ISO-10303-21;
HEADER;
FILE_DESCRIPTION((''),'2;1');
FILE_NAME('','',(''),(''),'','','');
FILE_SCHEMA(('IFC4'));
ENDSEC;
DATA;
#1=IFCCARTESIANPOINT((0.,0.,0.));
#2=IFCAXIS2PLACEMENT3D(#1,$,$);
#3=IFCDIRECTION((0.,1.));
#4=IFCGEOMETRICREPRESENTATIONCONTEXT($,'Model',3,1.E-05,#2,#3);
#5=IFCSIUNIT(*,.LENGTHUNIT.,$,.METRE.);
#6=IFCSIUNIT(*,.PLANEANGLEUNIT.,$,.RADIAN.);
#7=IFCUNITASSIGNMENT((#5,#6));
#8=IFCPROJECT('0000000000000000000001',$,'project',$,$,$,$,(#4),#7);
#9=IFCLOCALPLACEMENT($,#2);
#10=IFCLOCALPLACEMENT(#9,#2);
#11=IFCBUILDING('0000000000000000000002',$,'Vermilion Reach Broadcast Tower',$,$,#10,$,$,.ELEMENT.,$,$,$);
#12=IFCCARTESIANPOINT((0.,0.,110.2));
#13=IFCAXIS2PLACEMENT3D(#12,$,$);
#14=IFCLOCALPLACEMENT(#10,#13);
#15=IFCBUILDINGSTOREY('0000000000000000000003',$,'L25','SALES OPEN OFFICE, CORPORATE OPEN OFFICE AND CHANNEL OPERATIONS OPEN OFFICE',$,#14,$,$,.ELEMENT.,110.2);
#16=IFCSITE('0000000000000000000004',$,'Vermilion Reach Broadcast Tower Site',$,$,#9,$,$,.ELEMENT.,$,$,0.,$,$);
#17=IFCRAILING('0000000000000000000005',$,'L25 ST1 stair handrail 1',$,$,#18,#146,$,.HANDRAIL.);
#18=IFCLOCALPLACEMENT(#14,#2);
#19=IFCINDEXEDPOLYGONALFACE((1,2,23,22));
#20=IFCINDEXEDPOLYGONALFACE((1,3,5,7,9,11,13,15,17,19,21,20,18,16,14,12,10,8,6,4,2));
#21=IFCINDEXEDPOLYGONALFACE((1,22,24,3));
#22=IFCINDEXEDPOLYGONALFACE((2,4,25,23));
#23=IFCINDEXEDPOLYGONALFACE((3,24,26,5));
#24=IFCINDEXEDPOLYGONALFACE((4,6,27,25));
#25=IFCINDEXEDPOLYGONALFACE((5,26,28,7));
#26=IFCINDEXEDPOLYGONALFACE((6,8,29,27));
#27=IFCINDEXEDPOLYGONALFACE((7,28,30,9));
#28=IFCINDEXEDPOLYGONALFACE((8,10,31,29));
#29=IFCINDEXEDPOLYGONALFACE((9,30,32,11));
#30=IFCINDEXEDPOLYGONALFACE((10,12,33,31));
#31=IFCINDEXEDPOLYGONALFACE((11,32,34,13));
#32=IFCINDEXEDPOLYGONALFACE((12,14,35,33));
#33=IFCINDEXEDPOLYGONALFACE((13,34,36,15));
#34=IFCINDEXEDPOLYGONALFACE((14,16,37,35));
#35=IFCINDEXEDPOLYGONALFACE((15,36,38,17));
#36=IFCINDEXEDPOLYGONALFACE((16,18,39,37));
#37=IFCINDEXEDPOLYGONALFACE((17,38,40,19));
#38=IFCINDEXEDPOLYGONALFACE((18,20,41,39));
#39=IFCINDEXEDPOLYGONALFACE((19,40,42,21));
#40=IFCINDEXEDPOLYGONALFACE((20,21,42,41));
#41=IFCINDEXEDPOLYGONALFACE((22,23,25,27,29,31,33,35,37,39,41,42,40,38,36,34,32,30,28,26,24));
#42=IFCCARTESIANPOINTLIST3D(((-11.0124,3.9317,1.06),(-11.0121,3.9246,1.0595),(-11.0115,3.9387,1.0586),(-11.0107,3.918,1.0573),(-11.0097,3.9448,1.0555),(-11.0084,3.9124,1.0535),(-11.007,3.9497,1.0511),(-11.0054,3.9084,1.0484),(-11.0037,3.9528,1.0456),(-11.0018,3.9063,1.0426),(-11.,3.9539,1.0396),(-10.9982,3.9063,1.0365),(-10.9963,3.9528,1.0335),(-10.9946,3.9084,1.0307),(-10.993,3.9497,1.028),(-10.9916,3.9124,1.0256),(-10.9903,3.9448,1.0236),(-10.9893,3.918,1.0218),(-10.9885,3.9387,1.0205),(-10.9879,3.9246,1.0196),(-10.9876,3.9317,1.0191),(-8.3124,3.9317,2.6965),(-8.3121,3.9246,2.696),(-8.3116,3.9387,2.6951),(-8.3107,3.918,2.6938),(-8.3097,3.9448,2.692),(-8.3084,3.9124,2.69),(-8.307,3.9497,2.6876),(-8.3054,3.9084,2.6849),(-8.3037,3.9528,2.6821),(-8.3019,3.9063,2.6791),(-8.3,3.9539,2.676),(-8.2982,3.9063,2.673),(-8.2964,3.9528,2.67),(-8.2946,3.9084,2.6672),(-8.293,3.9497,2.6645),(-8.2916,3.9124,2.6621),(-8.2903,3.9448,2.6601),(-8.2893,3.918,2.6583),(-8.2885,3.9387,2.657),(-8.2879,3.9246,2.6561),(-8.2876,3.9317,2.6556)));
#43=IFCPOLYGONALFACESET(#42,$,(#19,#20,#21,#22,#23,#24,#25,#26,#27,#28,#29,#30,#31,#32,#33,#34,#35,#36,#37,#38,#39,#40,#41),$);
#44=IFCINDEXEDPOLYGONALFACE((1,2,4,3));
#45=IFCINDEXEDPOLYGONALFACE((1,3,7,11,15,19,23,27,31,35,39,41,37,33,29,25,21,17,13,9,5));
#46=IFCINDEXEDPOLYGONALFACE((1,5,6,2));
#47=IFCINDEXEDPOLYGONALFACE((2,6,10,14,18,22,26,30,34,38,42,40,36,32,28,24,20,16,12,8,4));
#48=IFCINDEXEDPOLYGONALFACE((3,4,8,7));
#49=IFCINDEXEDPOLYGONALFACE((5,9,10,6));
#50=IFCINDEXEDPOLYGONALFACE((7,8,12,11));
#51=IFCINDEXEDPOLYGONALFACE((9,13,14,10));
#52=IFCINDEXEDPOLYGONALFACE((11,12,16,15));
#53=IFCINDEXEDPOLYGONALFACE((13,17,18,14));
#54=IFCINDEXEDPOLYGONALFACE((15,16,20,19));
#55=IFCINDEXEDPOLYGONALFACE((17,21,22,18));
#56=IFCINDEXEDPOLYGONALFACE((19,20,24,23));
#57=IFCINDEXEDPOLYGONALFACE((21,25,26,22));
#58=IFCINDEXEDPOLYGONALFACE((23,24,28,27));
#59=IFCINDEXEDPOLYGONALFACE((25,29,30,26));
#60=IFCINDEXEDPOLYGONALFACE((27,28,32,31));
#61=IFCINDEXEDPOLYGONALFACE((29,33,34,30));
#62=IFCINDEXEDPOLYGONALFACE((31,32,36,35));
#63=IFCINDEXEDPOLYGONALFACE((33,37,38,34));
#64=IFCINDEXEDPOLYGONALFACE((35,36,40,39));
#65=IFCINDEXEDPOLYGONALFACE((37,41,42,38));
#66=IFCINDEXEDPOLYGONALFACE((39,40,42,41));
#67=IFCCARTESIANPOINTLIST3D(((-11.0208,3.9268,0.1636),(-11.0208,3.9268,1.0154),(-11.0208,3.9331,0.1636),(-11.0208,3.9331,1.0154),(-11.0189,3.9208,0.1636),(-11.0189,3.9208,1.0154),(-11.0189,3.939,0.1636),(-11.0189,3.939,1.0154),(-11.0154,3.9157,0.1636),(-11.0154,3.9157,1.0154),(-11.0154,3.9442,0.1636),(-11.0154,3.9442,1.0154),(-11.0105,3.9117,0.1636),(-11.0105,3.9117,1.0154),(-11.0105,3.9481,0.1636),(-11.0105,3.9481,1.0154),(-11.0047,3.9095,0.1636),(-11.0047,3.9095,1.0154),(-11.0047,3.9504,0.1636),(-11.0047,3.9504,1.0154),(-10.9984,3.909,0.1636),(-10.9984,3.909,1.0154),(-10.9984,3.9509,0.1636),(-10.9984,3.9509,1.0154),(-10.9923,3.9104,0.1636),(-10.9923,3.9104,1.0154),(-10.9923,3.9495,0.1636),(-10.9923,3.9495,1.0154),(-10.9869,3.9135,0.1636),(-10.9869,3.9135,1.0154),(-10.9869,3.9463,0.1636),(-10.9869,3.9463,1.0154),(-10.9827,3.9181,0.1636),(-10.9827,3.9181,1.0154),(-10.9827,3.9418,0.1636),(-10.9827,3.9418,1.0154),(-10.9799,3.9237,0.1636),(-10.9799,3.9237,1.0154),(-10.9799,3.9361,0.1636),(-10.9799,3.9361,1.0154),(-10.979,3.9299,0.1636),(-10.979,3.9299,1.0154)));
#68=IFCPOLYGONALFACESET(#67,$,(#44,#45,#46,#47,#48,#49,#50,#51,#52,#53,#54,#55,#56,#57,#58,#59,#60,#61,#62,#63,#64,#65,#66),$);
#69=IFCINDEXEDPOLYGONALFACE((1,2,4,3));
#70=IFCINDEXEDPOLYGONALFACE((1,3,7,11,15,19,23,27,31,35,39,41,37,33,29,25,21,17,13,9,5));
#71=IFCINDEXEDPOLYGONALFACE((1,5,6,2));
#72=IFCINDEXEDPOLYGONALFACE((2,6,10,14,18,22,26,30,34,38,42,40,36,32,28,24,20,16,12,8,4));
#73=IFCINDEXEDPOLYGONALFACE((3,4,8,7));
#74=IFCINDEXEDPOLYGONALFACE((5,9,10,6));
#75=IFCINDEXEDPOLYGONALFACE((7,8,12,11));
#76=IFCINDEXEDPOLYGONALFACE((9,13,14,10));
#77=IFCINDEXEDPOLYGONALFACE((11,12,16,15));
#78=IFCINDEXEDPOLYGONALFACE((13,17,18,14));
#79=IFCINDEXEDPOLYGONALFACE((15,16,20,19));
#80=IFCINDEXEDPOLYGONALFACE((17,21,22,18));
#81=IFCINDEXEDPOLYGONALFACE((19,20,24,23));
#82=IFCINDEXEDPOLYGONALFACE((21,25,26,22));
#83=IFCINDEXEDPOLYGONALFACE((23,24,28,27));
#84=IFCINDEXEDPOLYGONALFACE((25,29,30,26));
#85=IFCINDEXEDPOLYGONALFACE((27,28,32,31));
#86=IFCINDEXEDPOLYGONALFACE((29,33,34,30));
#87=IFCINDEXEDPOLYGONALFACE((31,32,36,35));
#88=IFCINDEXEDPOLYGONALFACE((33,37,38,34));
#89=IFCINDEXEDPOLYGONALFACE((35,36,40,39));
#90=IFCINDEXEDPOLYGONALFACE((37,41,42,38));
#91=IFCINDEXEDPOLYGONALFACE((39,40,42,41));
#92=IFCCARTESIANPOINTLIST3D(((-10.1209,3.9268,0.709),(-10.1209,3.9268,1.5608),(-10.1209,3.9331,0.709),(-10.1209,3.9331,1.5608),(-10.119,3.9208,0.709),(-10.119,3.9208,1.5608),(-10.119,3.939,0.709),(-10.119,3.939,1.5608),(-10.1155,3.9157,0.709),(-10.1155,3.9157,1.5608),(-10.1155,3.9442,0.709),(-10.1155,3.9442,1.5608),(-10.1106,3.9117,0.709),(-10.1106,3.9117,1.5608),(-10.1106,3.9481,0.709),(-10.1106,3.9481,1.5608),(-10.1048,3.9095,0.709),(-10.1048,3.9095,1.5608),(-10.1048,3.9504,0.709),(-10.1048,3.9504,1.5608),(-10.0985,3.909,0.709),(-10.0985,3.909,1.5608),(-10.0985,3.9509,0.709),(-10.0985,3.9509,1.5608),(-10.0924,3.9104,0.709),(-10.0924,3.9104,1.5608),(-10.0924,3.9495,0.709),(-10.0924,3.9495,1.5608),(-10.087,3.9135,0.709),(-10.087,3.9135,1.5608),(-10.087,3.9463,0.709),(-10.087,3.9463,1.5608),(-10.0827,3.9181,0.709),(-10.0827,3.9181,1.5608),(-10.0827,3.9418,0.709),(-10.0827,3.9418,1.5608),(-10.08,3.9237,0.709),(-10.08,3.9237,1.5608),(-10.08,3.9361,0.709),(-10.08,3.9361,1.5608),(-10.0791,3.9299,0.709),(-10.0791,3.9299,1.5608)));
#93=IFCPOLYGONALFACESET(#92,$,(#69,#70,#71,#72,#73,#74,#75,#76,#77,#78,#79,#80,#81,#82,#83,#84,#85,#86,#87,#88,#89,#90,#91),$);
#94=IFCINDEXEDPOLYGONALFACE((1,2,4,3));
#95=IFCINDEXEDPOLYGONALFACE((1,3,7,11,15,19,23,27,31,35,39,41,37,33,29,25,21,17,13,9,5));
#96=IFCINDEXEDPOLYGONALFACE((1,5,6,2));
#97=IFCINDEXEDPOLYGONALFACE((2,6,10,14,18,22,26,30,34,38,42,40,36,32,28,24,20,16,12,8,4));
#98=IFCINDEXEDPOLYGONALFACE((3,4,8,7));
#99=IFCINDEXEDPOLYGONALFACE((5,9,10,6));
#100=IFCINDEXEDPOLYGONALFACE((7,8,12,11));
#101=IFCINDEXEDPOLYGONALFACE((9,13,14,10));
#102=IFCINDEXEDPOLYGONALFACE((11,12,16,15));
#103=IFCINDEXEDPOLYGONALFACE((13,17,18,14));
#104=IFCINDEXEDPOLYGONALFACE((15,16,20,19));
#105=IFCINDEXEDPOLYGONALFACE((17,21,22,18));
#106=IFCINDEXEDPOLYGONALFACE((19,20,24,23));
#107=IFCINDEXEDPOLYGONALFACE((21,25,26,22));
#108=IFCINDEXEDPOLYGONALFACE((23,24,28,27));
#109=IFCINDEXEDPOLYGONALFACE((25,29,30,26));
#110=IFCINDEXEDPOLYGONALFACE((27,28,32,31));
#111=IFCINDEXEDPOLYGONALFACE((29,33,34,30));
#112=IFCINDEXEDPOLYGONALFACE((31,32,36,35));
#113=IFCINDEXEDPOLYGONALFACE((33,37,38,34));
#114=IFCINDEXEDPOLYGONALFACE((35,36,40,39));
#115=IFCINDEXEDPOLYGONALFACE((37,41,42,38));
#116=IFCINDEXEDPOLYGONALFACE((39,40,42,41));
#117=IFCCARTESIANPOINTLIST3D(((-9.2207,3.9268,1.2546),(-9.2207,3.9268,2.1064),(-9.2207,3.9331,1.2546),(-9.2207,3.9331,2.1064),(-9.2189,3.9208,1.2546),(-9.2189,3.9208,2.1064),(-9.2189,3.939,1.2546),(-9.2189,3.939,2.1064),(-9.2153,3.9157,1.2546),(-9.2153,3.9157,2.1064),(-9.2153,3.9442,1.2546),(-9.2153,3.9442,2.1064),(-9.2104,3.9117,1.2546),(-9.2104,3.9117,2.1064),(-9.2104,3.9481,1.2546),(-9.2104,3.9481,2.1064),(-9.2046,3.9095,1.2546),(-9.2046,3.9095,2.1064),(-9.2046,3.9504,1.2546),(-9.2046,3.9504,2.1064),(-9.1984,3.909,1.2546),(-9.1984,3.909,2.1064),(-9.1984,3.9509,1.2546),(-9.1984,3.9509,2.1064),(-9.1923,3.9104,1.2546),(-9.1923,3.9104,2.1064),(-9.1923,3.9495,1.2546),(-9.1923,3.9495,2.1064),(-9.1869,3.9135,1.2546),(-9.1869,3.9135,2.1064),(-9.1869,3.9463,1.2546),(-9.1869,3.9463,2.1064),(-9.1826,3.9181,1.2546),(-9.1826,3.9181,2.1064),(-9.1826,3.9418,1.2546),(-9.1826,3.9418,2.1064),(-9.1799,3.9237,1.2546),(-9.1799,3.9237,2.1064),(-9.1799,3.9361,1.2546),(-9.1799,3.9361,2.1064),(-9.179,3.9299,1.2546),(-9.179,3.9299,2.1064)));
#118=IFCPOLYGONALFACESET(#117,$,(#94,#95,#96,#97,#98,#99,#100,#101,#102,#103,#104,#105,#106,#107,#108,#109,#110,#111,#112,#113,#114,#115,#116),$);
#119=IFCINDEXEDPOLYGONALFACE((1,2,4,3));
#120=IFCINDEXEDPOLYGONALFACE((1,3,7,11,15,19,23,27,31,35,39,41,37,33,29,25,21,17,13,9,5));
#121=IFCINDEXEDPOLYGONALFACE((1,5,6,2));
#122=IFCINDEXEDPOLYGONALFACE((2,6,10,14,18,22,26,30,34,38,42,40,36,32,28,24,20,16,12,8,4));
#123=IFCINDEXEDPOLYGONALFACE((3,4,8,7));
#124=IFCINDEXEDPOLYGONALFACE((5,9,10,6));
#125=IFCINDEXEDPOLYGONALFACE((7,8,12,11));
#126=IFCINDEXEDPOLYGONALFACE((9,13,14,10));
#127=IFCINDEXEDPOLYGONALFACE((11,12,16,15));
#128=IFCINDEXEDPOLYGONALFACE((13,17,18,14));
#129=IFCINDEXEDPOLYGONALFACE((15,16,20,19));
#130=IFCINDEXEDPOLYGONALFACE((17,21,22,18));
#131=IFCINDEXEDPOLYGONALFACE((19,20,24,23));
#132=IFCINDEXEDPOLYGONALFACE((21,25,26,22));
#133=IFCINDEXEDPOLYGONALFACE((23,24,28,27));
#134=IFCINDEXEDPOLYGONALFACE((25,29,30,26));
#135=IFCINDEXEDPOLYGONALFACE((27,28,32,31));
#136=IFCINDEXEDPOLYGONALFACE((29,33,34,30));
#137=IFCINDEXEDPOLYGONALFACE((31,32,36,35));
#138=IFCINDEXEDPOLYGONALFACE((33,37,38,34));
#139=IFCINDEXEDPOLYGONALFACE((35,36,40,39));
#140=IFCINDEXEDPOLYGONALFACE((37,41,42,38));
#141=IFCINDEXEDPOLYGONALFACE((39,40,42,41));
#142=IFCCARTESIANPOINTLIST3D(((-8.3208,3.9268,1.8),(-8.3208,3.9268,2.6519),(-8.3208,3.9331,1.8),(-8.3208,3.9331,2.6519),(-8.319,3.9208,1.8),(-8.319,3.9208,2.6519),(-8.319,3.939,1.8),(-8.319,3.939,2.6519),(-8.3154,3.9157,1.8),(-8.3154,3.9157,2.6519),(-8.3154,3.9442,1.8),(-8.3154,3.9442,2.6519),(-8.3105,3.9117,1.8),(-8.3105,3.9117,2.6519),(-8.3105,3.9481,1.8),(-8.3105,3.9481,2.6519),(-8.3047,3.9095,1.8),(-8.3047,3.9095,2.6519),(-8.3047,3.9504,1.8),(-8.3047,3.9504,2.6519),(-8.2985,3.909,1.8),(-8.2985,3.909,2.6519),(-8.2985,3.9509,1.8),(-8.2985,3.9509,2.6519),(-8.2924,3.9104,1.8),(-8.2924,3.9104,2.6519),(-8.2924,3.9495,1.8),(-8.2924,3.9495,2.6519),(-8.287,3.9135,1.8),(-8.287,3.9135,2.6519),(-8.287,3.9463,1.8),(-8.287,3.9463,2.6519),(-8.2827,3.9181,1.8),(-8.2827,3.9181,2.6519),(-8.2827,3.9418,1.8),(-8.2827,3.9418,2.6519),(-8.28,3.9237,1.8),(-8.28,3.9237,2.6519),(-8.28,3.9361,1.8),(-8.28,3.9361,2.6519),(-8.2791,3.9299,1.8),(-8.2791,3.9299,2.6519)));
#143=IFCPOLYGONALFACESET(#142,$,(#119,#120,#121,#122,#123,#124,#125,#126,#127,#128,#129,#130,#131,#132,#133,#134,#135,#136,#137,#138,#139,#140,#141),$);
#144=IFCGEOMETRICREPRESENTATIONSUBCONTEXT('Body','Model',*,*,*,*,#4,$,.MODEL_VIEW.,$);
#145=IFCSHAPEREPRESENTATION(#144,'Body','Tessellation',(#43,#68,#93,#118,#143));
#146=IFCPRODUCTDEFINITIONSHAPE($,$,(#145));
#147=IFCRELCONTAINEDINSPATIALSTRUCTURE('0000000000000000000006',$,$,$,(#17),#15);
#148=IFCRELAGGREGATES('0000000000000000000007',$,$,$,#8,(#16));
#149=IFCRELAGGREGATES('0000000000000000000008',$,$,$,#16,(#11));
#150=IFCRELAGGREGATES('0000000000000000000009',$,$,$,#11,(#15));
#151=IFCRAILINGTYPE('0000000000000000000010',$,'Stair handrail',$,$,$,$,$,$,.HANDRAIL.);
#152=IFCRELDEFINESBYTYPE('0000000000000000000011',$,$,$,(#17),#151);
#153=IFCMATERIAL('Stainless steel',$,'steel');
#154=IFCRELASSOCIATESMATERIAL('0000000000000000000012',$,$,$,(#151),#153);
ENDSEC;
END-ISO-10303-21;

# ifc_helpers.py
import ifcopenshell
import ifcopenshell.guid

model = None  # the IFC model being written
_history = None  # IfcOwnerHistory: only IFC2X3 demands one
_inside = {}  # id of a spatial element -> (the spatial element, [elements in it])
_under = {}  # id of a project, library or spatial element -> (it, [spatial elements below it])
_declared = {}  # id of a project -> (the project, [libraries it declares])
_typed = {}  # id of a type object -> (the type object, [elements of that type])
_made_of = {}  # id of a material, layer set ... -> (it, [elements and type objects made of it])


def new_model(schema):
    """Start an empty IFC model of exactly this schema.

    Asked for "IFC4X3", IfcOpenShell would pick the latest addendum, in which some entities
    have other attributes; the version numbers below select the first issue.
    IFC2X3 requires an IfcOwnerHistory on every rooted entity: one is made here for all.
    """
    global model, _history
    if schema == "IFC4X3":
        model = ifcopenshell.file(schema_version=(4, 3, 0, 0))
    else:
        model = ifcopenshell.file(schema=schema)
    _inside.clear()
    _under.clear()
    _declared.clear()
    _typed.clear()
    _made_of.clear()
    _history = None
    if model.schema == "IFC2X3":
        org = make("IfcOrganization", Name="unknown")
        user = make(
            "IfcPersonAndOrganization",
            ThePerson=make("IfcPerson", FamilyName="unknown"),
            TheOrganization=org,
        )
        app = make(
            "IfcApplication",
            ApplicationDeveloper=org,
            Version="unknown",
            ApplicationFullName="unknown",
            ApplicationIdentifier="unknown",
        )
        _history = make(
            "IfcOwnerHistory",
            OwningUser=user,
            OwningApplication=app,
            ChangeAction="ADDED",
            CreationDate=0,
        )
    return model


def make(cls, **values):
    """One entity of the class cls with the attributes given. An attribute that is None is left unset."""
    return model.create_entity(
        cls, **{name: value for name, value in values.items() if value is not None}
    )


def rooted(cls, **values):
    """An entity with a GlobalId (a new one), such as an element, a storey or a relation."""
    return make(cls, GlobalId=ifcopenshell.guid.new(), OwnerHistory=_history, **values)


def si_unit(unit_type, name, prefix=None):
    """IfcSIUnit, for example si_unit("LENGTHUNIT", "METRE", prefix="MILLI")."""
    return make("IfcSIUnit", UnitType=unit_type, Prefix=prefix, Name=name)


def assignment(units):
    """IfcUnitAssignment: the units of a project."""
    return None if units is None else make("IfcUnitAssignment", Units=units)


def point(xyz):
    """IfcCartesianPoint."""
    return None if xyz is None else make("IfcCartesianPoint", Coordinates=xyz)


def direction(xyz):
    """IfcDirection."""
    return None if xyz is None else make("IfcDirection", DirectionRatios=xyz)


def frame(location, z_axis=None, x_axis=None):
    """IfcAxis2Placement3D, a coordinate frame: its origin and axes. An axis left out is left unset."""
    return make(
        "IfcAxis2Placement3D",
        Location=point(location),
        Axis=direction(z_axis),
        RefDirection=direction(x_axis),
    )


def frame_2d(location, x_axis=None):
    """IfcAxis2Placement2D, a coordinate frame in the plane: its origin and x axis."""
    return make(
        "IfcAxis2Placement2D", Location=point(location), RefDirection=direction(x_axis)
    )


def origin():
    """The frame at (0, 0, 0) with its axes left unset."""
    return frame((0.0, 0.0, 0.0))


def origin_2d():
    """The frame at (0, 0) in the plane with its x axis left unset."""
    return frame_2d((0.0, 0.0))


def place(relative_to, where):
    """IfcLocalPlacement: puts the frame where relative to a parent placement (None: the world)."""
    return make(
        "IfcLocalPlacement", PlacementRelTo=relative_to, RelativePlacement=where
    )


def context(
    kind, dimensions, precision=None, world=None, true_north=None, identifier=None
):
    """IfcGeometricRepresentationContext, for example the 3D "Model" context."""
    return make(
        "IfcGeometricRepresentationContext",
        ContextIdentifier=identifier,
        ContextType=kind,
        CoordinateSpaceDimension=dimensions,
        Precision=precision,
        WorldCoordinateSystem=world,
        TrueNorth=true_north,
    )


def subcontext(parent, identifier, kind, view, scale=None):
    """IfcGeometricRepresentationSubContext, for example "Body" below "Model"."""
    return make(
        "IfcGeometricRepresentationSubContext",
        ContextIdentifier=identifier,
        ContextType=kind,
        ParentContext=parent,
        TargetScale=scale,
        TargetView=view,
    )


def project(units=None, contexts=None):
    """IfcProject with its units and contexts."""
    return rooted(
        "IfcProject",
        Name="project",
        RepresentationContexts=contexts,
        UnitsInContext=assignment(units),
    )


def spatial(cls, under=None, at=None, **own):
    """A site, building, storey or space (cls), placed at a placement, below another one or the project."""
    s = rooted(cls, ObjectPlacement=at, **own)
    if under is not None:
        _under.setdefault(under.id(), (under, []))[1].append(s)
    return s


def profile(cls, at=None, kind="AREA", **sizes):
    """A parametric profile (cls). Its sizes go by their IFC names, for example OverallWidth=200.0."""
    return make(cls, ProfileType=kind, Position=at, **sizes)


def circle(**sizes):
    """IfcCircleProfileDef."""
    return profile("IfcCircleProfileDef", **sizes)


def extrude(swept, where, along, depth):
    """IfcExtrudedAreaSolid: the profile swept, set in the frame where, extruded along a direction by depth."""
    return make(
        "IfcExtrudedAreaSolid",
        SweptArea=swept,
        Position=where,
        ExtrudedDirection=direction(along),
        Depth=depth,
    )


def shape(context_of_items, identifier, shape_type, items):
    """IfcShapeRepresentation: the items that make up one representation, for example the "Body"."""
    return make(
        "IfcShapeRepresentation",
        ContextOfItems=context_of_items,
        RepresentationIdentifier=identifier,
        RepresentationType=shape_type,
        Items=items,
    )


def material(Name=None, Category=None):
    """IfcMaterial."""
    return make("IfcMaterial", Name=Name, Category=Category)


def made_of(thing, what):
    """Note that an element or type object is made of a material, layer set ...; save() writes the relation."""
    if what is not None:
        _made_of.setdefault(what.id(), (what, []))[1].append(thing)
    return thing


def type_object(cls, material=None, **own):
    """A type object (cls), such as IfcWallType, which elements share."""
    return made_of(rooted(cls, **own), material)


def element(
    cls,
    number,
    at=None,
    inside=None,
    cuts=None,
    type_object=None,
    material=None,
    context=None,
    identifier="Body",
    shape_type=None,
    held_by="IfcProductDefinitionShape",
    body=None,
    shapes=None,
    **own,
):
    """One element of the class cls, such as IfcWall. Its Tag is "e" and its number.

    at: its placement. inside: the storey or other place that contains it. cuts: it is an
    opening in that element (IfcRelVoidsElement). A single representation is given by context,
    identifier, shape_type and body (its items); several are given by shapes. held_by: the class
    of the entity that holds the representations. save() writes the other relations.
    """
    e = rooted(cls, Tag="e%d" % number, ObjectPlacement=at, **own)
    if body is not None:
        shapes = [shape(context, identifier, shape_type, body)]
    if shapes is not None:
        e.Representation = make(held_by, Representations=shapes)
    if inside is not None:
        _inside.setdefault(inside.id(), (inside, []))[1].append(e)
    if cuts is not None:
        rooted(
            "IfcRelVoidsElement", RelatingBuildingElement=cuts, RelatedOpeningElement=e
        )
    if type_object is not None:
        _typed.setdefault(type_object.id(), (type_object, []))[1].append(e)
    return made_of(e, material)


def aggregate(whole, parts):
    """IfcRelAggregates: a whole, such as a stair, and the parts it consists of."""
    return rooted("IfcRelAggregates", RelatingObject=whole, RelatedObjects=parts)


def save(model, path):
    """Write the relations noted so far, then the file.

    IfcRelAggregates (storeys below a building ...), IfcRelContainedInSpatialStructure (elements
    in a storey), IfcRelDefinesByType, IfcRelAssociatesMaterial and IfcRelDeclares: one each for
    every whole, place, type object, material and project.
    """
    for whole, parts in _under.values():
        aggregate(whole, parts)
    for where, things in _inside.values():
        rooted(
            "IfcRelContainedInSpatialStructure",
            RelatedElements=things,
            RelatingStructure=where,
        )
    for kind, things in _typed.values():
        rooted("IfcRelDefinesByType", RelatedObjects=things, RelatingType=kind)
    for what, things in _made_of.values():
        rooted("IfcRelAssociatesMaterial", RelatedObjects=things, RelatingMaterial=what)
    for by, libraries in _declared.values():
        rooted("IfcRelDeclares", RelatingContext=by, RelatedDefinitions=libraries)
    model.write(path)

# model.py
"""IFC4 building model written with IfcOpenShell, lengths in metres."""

from ifc_helpers import new_model, si_unit, direction, frame, origin, origin_2d, place, context, subcontext, project, spatial, circle, extrude, material, type_object, element, save


model = new_model("IFC4")

# Units and contexts
model_context = context("Model", 3, precision=1e-05, world=origin(), true_north=direction((0.0, 1.0)))
body_context = subcontext(model_context, "Body", "Model", "MODEL_VIEW")
ifc_project = project(units=[si_unit("LENGTHUNIT", "METRE"), si_unit("PLANEANGLEUNIT", "RADIAN")], contexts=[model_context])

# Site, building, storey
site_placement = place(None, origin())
site = spatial("IfcSite", under=ifc_project, at=site_placement, Name="Vermilion Reach Broadcast Tower Site", CompositionType="ELEMENT", RefElevation=0.0)
building_placement = place(site_placement, origin())
building = spatial("IfcBuilding", under=site, at=building_placement, Name="Vermilion Reach Broadcast Tower", CompositionType="ELEMENT")
storey_placement = place(building_placement, frame((0.0, 0.0, 110.2)))
storey = spatial("IfcBuildingStorey", under=building, at=storey_placement, Name="L25", Description="SALES OPEN OFFICE, CORPORATE OPEN OFFICE AND CHANNEL OPERATIONS OPEN OFFICE", CompositionType="ELEMENT", Elevation=110.2)

# Railing
ifc_material_1 = material(Name="Stainless steel", Category="steel")
railing_type_1 = type_object("IfcRailingType", Name="Stair handrail", PredefinedType="HANDRAIL", material=ifc_material_1)
railing_1_placement = place(storey_placement, frame((-11.0, 3.9299, 0.1636)))
element("IfcRailing", 1, at=railing_1_placement, inside=storey, type_object=railing_type_1, Name="L25 ST1 stair handrail 1", PredefinedType="HANDRAIL", context=body_context, shape_type="SweptSolid", body=[
    extrude(circle(Radius=0.0239, at=origin_2d()), frame((0.0, 0.0, 0.876), z_axis=(0.855178, 0.0, 0.518334), x_axis=(0.0, 1.0, 0.0)), (0.0, 0.0, 1.0), 3.1572),
    extrude(circle(Radius=0.021, at=origin_2d()), origin(), (0.0, 0.0, 1.0), 0.8518),
    extrude(circle(Radius=0.021, at=origin_2d()), frame((0.8999, 0.0, 0.5454)), (0.0, 0.0, 1.0), 0.8518),
    extrude(circle(Radius=0.021, at=origin_2d()), frame((1.8, 0.0, 1.0911)), (0.0, 0.0, 1.0), 0.8518),
    extrude(circle(Radius=0.021, at=origin_2d()), frame((2.7, 0.0, 1.6365)), (0.0, 0.0, 1.0), 0.8518),
])

save(model, "model.ifc")
